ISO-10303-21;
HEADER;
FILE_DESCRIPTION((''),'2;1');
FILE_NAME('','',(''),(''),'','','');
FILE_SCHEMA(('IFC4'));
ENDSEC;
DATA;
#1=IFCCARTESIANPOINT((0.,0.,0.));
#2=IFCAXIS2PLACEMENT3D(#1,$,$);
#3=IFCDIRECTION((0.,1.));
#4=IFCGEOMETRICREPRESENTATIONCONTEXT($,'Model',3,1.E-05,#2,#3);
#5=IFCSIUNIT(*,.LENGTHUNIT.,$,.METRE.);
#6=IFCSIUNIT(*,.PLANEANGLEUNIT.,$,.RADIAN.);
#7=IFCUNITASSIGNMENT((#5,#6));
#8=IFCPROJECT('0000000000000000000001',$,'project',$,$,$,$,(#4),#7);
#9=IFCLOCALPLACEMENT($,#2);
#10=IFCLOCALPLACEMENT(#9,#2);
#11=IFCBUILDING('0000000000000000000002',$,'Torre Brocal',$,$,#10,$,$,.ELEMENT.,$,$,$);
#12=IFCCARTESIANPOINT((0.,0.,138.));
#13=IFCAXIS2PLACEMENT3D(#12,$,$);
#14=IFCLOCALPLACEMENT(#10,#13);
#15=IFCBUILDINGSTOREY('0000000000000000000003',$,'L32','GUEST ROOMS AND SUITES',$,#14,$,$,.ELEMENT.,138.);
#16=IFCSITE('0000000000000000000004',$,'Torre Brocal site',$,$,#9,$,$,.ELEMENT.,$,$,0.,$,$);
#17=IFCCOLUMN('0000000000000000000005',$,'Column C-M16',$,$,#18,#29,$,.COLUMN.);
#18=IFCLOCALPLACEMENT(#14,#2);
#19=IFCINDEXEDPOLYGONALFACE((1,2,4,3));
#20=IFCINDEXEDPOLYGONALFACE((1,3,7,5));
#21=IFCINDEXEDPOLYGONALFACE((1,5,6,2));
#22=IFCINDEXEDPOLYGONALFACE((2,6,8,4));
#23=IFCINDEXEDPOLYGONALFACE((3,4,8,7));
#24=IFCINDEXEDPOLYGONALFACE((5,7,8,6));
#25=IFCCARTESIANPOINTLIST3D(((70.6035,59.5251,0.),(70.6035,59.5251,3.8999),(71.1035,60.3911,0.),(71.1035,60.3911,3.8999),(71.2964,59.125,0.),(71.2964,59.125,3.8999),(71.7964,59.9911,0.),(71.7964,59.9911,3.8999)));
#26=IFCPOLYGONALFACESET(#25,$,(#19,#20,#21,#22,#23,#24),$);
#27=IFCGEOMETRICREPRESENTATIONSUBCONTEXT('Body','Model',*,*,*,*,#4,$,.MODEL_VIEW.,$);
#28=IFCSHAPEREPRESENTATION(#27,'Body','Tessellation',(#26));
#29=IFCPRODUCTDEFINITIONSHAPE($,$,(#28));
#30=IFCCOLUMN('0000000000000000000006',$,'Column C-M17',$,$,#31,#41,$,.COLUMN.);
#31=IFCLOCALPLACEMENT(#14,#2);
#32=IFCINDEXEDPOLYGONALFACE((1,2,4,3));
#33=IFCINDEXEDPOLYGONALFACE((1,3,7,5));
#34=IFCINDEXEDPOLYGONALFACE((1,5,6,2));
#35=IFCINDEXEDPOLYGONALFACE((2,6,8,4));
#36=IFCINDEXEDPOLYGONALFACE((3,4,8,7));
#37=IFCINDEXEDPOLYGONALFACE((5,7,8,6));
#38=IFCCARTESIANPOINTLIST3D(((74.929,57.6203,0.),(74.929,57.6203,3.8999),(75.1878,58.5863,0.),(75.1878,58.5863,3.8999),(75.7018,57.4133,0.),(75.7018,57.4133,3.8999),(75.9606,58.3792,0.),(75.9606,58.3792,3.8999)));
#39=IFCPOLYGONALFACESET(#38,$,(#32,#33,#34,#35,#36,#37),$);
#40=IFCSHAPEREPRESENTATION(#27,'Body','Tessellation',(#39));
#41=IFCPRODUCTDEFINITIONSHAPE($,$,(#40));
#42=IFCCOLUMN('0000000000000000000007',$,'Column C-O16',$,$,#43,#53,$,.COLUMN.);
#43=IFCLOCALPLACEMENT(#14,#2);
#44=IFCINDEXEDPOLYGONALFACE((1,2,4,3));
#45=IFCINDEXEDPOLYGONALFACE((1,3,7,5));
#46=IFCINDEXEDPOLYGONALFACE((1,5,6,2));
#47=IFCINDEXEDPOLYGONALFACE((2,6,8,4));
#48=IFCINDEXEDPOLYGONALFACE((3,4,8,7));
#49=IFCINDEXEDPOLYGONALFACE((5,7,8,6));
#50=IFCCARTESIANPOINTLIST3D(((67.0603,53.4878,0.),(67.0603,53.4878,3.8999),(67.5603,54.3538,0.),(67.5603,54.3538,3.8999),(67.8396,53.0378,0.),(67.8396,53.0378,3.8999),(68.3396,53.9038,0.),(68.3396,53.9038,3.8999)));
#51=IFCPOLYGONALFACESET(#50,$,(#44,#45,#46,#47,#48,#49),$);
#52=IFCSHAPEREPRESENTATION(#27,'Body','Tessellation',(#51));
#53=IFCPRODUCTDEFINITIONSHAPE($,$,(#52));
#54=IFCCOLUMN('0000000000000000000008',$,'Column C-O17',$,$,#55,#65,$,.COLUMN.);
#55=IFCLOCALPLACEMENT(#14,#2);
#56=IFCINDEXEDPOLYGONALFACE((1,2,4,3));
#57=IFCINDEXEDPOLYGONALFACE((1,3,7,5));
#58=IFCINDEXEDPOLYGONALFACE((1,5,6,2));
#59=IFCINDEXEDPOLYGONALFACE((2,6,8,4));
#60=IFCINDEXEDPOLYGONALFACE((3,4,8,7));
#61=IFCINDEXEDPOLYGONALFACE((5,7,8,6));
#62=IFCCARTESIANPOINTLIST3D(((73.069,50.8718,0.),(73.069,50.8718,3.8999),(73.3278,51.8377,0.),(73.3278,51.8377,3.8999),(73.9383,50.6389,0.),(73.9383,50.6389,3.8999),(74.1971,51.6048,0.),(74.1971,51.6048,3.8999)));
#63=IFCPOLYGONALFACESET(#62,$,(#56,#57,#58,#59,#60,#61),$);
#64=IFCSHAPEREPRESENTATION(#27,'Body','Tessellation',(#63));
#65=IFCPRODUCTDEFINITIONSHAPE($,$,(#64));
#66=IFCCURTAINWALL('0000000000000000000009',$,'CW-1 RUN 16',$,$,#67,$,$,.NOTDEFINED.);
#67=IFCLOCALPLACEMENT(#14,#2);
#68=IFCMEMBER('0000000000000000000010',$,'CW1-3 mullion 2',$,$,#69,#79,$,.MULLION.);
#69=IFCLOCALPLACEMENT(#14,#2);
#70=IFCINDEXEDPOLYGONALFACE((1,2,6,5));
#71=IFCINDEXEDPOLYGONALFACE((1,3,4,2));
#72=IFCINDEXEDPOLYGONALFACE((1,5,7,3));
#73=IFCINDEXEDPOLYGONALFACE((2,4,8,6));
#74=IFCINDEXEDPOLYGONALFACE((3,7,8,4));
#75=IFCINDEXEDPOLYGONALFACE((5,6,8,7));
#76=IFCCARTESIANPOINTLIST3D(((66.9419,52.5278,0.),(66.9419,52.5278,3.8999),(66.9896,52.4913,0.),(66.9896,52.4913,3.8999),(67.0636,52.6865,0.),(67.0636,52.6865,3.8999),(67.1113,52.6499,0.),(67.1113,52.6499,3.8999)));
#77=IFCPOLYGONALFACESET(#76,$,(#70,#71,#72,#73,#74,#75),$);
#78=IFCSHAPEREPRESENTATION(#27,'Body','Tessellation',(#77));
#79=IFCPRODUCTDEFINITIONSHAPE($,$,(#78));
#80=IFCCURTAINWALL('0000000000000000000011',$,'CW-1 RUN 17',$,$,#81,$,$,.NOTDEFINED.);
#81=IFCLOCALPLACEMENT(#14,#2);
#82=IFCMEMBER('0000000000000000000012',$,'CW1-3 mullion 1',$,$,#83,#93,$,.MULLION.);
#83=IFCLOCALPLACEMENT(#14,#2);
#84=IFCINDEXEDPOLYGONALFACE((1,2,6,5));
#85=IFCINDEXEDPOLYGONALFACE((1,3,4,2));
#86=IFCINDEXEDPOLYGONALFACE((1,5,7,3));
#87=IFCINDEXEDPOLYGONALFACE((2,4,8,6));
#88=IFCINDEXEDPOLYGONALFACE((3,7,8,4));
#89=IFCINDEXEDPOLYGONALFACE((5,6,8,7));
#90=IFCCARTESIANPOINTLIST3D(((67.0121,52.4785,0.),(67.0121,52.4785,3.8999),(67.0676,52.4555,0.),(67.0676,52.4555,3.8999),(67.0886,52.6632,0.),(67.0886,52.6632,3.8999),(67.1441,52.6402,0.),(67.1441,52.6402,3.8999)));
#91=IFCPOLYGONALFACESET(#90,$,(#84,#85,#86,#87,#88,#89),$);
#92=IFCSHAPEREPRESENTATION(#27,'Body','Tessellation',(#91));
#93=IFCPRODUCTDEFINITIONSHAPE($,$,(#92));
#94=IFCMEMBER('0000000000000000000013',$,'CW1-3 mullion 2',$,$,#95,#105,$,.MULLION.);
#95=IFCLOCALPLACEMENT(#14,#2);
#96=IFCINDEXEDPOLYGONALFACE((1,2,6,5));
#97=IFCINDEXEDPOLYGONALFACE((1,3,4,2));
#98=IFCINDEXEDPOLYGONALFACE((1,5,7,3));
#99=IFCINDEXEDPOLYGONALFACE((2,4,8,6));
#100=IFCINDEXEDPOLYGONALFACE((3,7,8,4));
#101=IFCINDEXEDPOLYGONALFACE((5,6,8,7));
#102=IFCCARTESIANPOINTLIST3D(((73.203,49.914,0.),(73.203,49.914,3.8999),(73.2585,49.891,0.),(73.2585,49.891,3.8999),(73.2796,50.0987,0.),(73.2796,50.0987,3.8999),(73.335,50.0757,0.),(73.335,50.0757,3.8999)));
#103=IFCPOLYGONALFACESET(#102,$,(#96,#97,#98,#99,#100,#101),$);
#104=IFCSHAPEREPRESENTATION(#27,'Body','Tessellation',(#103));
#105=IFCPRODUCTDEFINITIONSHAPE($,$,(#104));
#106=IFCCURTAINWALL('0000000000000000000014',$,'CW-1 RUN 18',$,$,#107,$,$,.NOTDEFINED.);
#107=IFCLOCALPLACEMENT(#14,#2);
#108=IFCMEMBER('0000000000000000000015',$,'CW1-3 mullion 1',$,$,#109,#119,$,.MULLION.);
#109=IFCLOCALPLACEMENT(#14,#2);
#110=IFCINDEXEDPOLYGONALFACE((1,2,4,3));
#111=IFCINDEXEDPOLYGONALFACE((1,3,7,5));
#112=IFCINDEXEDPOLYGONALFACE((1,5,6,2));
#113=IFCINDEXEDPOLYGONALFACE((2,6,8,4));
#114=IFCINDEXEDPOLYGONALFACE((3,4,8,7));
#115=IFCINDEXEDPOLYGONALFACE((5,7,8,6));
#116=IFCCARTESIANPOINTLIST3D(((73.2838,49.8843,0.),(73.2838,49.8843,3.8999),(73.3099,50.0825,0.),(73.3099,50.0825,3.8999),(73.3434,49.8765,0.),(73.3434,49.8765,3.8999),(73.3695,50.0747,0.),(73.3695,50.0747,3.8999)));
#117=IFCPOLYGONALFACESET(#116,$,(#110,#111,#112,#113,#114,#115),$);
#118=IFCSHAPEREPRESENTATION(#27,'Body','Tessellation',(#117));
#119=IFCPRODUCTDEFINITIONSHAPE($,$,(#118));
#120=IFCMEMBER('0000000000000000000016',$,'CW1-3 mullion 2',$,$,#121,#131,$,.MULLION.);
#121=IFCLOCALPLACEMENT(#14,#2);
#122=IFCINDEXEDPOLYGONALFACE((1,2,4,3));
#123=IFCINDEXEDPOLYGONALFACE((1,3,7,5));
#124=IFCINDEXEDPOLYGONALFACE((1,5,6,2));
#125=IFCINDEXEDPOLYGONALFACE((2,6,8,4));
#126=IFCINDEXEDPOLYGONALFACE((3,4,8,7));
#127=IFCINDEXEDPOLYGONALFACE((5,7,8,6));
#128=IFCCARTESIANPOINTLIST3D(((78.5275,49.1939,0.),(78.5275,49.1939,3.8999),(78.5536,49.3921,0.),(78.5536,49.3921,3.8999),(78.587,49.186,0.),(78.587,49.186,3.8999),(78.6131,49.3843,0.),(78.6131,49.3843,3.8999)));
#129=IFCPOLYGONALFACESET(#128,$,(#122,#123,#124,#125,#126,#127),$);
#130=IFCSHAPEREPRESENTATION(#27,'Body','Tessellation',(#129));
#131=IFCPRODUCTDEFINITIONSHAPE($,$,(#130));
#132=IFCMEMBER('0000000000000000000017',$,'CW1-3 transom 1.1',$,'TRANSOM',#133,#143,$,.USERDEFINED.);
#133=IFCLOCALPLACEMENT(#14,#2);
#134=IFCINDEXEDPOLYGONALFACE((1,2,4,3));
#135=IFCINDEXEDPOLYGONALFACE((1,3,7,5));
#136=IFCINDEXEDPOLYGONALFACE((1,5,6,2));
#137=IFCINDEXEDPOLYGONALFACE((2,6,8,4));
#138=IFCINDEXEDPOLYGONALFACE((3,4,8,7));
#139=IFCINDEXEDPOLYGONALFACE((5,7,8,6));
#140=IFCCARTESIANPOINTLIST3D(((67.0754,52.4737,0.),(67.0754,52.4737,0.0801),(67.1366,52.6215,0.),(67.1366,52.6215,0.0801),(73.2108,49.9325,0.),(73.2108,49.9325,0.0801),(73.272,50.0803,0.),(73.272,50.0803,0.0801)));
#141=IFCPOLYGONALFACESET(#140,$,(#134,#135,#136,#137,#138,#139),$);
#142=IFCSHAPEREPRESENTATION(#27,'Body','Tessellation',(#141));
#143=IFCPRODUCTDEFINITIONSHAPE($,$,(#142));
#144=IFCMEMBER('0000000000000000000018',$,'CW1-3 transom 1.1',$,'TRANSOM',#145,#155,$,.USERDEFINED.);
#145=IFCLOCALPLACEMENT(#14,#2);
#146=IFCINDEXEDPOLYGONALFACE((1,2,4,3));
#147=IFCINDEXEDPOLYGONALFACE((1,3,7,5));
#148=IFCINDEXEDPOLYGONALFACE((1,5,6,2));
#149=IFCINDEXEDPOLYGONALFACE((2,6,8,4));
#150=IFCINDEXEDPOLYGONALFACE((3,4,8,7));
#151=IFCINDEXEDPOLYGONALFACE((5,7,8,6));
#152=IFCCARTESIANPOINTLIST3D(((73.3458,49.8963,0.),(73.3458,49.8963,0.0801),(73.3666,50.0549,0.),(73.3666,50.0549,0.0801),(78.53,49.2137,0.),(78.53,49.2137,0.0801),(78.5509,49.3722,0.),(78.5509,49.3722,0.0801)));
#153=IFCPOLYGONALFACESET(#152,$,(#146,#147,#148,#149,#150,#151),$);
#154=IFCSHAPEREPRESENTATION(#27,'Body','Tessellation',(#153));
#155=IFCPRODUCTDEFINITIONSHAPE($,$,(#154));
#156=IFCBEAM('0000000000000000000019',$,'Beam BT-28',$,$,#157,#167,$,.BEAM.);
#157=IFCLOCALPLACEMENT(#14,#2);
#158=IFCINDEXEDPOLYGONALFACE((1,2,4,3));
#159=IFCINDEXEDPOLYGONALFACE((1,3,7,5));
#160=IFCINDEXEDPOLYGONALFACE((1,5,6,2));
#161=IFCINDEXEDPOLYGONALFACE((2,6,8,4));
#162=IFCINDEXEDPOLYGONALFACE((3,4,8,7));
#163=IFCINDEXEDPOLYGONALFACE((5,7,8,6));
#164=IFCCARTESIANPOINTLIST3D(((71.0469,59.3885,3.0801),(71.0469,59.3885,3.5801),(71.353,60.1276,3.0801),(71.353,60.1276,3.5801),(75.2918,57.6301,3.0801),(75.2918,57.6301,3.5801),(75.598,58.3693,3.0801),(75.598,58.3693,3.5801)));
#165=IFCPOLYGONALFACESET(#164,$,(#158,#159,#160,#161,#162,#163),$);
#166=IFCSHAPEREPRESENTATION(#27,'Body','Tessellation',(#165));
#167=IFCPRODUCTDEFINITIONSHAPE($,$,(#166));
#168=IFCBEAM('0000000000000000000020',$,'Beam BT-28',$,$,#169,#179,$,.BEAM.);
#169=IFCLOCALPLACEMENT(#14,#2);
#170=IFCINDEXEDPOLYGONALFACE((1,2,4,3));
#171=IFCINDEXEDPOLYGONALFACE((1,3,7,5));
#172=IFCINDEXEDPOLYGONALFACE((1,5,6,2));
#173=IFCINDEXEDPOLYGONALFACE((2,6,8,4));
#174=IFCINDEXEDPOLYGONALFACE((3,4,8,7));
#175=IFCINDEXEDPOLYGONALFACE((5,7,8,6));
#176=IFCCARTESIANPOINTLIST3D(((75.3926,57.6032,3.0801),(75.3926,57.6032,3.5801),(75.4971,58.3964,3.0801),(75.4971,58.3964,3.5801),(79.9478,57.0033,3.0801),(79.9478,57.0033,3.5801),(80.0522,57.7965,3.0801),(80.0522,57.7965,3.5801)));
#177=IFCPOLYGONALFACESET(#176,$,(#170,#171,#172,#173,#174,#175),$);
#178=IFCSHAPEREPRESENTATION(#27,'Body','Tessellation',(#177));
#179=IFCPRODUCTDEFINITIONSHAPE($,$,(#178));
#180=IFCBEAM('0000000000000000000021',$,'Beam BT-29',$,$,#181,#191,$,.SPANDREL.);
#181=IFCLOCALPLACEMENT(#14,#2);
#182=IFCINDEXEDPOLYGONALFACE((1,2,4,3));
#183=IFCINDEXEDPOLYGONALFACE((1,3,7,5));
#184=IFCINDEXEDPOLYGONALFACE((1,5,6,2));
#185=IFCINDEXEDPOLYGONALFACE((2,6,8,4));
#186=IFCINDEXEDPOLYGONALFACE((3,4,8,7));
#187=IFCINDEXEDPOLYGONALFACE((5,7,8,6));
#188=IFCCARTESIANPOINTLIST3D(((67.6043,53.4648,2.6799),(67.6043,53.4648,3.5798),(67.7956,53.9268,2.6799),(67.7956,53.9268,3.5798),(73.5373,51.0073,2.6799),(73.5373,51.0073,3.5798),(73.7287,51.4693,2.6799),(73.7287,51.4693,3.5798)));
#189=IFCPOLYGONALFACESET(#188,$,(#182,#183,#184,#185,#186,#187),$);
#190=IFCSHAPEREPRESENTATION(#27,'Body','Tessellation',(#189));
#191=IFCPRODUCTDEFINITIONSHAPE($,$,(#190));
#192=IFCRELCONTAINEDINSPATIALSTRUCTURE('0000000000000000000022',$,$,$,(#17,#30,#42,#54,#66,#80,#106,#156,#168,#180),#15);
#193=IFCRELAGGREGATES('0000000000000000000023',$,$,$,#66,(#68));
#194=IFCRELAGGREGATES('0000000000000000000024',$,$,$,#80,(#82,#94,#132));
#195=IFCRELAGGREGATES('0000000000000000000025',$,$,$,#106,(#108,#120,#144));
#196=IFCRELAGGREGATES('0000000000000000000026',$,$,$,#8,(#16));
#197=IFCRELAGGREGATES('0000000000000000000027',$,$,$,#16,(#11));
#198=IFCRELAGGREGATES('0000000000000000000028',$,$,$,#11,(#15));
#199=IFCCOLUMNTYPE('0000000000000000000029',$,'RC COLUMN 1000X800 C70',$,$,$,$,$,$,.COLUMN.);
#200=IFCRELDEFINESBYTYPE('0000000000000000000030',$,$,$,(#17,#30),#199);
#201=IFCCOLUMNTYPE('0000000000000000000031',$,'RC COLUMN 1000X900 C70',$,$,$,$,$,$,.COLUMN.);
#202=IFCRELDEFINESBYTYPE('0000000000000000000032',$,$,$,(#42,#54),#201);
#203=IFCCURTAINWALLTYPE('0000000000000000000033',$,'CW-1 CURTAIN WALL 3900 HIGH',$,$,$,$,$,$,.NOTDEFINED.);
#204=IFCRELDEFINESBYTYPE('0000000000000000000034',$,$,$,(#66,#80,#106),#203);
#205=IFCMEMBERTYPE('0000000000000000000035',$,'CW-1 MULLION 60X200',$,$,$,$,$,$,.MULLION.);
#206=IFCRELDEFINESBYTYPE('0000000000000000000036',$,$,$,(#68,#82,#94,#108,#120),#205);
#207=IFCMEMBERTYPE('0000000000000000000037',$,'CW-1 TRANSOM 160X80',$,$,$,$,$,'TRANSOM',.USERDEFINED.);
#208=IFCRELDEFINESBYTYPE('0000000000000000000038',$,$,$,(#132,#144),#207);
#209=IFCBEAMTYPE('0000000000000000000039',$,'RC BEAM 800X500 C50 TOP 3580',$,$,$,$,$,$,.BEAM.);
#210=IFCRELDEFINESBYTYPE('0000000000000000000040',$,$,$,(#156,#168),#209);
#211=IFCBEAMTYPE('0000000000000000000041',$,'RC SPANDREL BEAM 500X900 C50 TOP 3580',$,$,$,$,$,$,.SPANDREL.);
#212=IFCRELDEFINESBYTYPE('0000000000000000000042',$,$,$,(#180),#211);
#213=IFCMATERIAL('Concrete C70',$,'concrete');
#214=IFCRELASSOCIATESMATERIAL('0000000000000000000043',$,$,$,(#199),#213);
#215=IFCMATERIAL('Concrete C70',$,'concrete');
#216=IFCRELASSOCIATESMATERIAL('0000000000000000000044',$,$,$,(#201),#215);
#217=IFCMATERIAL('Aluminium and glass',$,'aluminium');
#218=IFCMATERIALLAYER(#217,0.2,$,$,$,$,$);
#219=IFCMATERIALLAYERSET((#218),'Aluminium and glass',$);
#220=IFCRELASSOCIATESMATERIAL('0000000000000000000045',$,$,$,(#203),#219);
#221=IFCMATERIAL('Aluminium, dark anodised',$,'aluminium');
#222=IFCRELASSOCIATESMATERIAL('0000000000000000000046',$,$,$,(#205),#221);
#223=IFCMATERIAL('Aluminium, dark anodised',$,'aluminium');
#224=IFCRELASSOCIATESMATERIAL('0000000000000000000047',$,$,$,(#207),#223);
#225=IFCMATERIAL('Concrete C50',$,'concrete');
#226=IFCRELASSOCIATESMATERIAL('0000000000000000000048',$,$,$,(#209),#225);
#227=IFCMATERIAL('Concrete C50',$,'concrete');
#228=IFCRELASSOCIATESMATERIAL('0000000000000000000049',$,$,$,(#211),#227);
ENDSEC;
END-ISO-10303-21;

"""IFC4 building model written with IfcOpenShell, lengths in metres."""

from ifc_helpers import new_model, si_unit, direction, frame, origin, origin_2d, place, context, subcontext, project, spatial, rectangle, extrude, material, layer, layer_set, material_profile, profile_set, type_object, element, aggregate, save


model = new_model("IFC4")

# Units and contexts
model_context = context("Model", 3, precision=1e-05, world=origin(), true_north=direction((0.0, 1.0)))
body_context = subcontext(model_context, "Body", "Model", "MODEL_VIEW")
ifc_project = project(units=[si_unit("LENGTHUNIT", "METRE"), si_unit("PLANEANGLEUNIT", "RADIAN")], contexts=[model_context])

# Site, building, storey
site_placement = place(None, origin())
site = spatial("IfcSite", under=ifc_project, at=site_placement, Name="Torre Brocal site", CompositionType="ELEMENT", RefElevation=0.0)
building_placement = place(site_placement, origin())
building = spatial("IfcBuilding", under=site, at=building_placement, Name="Torre Brocal", CompositionType="ELEMENT")
storey_placement = place(building_placement, frame((0.0, 0.0, 138.0)))
storey = spatial("IfcBuildingStorey", under=building, at=storey_placement, Name="L32", Description="GUEST ROOMS AND SUITES", CompositionType="ELEMENT", Elevation=138.0)

# Columns
ifc_material_1 = material(Name="Concrete C70", Category="concrete")
ifc_material_profile_1 = material_profile(ifc_material_1, rectangle(XDim=1.0, YDim=0.8, at=origin_2d()), Name="RC 1000X800")
ifc_profile_set_1 = profile_set([ifc_material_profile_1], Name="Concrete C70")
column_type_1 = type_object("IfcColumnType", Name="RC COLUMN 1000X800 C70", PredefinedType="COLUMN", material=ifc_profile_set_1)
for number, where, z_axis, x_axis, name in (
    (1, (71.2, 59.7581, 0.0), (0.0, 0.0, 1.0), (-0.5, -0.866025, 0.0), "Column C-M16"),
    (2, (75.4448, 57.9998, 0.0), (0.0, 0.0, 1.0), (-0.258819, -0.965926, 0.0), "Column C-M17"),
):
    element("IfcColumn", number, at=place(storey_placement, frame(where, z_axis=z_axis, x_axis=x_axis)), inside=storey, type_object=column_type_1, Name=name, PredefinedType="COLUMN", context=body_context, shape_type="SweptSolid", body=[
        extrude(rectangle(XDim=1.0, YDim=0.8, at=origin_2d()), origin(), (0.0, 0.0, 1.0), 3.8999),
    ])
ifc_material_2 = material(Name="Concrete C70", Category="concrete")
ifc_material_profile_2 = material_profile(ifc_material_2, rectangle(XDim=1.0, YDim=0.8999, at=origin_2d()), Name="RC 1000X900")
ifc_profile_set_2 = profile_set([ifc_material_profile_2], Name="Concrete C70")
column_type_2 = type_object("IfcColumnType", Name="RC COLUMN 1000X900 C70", PredefinedType="COLUMN", material=ifc_profile_set_2)
for number, where, z_axis, x_axis, name in (
    (3, (67.7, 53.6958, 0.0), (0.0, 0.0, 1.0), (-0.5, -0.866025, 0.0), "Column C-O16"),
    (4, (73.6331, 51.2383, 0.0), (0.0, 0.0, 1.0), (-0.258819, -0.965926, 0.0), "Column C-O17"),
):
    element("IfcColumn", number, at=place(storey_placement, frame(where, z_axis=z_axis, x_axis=x_axis)), inside=storey, type_object=column_type_2, Name=name, PredefinedType="COLUMN", context=body_context, shape_type="SweptSolid", body=[
        extrude(rectangle(XDim=1.0, YDim=0.8999, at=origin_2d()), origin(), (0.0, 0.0, 1.0), 3.8999),
    ])

# Curtain wall, member
ifc_material_3 = material(Name="Aluminium and glass", Category="aluminium")
ifc_layer_1 = layer(ifc_material_3, 0.2)
ifc_layer_set_1 = layer_set([ifc_layer_1], Name="Aluminium and glass")
curtain_wall_type = type_object("IfcCurtainWallType", Name="CW-1 CURTAIN WALL 3900 HIGH", PredefinedType="NOTDEFINED", material=ifc_layer_set_1)
curtain_wall_1_placement = place(storey_placement, origin())
curtain_wall_1 = element("IfcCurtainWall", 5, at=curtain_wall_1_placement, inside=storey, type_object=curtain_wall_type, Name="CW-1 RUN 16", PredefinedType="NOTDEFINED")
ifc_material_4 = material(Name="Aluminium, dark anodised", Category="aluminium")
ifc_material_profile_3 = material_profile(ifc_material_4, rectangle(XDim=0.2, YDim=0.0601, at=origin_2d()), Name="CW-1 MULLION 60X200")
ifc_profile_set_3 = profile_set([ifc_material_profile_3], Name="Aluminium, dark anodised")
member_type_1 = type_object("IfcMemberType", Name="CW-1 MULLION 60X200", PredefinedType="MULLION", material=ifc_profile_set_3)
member_1_placement = place(storey_placement, frame((67.0266, 52.5889, 0.0), z_axis=(0.0, 0.0, 1.0), x_axis=(0.608761, 0.793353, 0.0)))
member_1 = element("IfcMember", 6, at=member_1_placement, type_object=member_type_1, Name="CW1-3 mullion 2", PredefinedType="MULLION", context=body_context, shape_type="SweptSolid", body=[
    extrude(rectangle(XDim=0.2, YDim=0.0601, at=origin_2d()), origin(), (0.0, 0.0, 1.0), 3.8999),
])
aggregate(curtain_wall_1, [member_1])

# Curtain walls, members
curtain_wall_2_placement = place(storey_placement, origin())
curtain_wall_2 = element("IfcCurtainWall", 7, at=curtain_wall_2_placement, inside=storey, type_object=curtain_wall_type, Name="CW-1 RUN 17", PredefinedType="NOTDEFINED")
member_2_placement = place(storey_placement, frame((67.0781, 52.5593, 0.0), z_axis=(0.0, 0.0, 1.0), x_axis=(0.382683, 0.92388, 0.0)))
member_2 = element("IfcMember", 8, at=member_2_placement, type_object=member_type_1, Name="CW1-3 mullion 1", PredefinedType="MULLION", context=body_context, shape_type="SweptSolid", body=[
    extrude(rectangle(XDim=0.2, YDim=0.0601, at=origin_2d()), origin(), (0.0, 0.0, 1.0), 3.8999),
])
member_3_placement = place(storey_placement, frame((73.269, 49.9949, 0.0), z_axis=(0.0, 0.0, 1.0), x_axis=(0.382683, 0.92388, 0.0)))
member_3 = element("IfcMember", 9, at=member_3_placement, type_object=member_type_1, Name="CW1-3 mullion 2", PredefinedType="MULLION", context=body_context, shape_type="SweptSolid", body=[
    extrude(rectangle(XDim=0.2, YDim=0.0601, at=origin_2d()), origin(), (0.0, 0.0, 1.0), 3.8999),
])
curtain_wall_3_placement = place(storey_placement, origin())
curtain_wall_3 = element("IfcCurtainWall", 10, at=curtain_wall_3_placement, inside=storey, type_object=curtain_wall_type, Name="CW-1 RUN 18", PredefinedType="NOTDEFINED")
member_4_placement = place(storey_placement, frame((73.3267, 49.9795, 0.0), z_axis=(0.0, 0.0, 1.0), x_axis=(0.130526, 0.991445, 0.0)))
member_4 = element("IfcMember", 11, at=member_4_placement, type_object=member_type_1, Name="CW1-3 mullion 1", PredefinedType="MULLION", context=body_context, shape_type="SweptSolid", body=[
    extrude(rectangle(XDim=0.2, YDim=0.0601, at=origin_2d()), origin(), (0.0, 0.0, 1.0), 3.8999),
])
member_5_placement = place(storey_placement, frame((78.5703, 49.2891, 0.0), z_axis=(0.0, 0.0, 1.0), x_axis=(0.130526, 0.991445, 0.0)))
member_5 = element("IfcMember", 12, at=member_5_placement, type_object=member_type_1, Name="CW1-3 mullion 2", PredefinedType="MULLION", context=body_context, shape_type="SweptSolid", body=[
    extrude(rectangle(XDim=0.2, YDim=0.0601, at=origin_2d()), origin(), (0.0, 0.0, 1.0), 3.8999),
])

# Members
ifc_material_5 = material(Name="Aluminium, dark anodised", Category="aluminium")
ifc_material_profile_4 = material_profile(ifc_material_5, rectangle(XDim=0.1599, YDim=0.0801, at=origin_2d()), Name="CW-1 TRANSOM 160X80")
ifc_profile_set_4 = profile_set([ifc_material_profile_4], Name="Aluminium, dark anodised")
member_type_2 = type_object("IfcMemberType", Name="CW-1 TRANSOM 160X80", ElementType="TRANSOM", PredefinedType="USERDEFINED", material=ifc_profile_set_4)
member_6_placement = place(storey_placement, frame((67.106, 52.5476, 0.04), z_axis=(0.923887, -0.382665, 0.0), x_axis=(0.382665, 0.923887, 0.0)))
member_6 = element("IfcMember", 13, at=member_6_placement, type_object=member_type_2, Name="CW1-3 transom 1.1", ObjectType="TRANSOM", PredefinedType="USERDEFINED", context=body_context, shape_type="SweptSolid", body=[
    extrude(rectangle(XDim=0.1599, YDim=0.0801, at=origin_2d()), origin(), (0.0, 0.0, 1.0), 6.6409),
])
member_7_placement = place(storey_placement, frame((73.3562, 49.9756, 0.04), z_axis=(0.991443, -0.130543, 0.0), x_axis=(0.130543, 0.991443, 0.0)))
member_7 = element("IfcMember", 14, at=member_7_placement, type_object=member_type_2, Name="CW1-3 transom 1.1", ObjectType="TRANSOM", PredefinedType="USERDEFINED", context=body_context, shape_type="SweptSolid", body=[
    extrude(rectangle(XDim=0.1599, YDim=0.0801, at=origin_2d()), origin(), (0.0, 0.0, 1.0), 5.229),
])

# Beams
ifc_material_6 = material(Name="Concrete C50", Category="concrete")
ifc_material_profile_5 = material_profile(ifc_material_6, rectangle(XDim=0.8, YDim=0.5, at=origin_2d()), Name="RC 800X500")
ifc_profile_set_5 = profile_set([ifc_material_profile_5], Name="Concrete C50")
beam_type_1 = type_object("IfcBeamType", Name="RC BEAM 800X500 C50 TOP 3580", PredefinedType="BEAM", material=ifc_profile_set_5)
beam_1_placement = place(storey_placement, frame((71.2, 59.7581, 3.3301), z_axis=(0.923878, -0.382687, 0.0), x_axis=(0.382687, 0.923878, 0.0)))
element("IfcBeam", 15, at=beam_1_placement, inside=storey, type_object=beam_type_1, Name="Beam BT-28", PredefinedType="BEAM", context=body_context, shape_type="SweptSolid", body=[
    extrude(rectangle(XDim=0.8, YDim=0.5, at=origin_2d()), origin(), (0.0, 0.0, 1.0), 4.5947),
])
beam_2_placement = place(storey_placement, frame((75.4448, 57.9998, 3.3301), z_axis=(0.991441, -0.130559, 0.0), x_axis=(0.130559, 0.991441, 0.0)))
element("IfcBeam", 16, at=beam_2_placement, inside=storey, type_object=beam_type_1, Name="Beam BT-28", PredefinedType="BEAM", context=body_context, shape_type="SweptSolid", body=[
    extrude(rectangle(XDim=0.8, YDim=0.5, at=origin_2d()), origin(), (0.0, 0.0, 1.0), 4.5945),
])
ifc_material_7 = material(Name="Concrete C50", Category="concrete")
ifc_material_profile_6 = material_profile(ifc_material_7, rectangle(XDim=0.5, YDim=0.8999, at=origin_2d()), Name="RC 500X900")
ifc_profile_set_6 = profile_set([ifc_material_profile_6], Name="Concrete C50")
beam_type_2 = type_object("IfcBeamType", Name="RC SPANDREL BEAM 500X900 C50 TOP 3580", PredefinedType="SPANDREL", material=ifc_profile_set_6)
beam_3_placement = place(storey_placement, frame((67.7, 53.6958, 3.1299), z_axis=(0.923882, -0.382676, 0.0), x_axis=(0.382676, 0.923882, 0.0)))
element("IfcBeam", 17, at=beam_3_placement, inside=storey, type_object=beam_type_2, Name="Beam BT-29", PredefinedType="SPANDREL", context=body_context, shape_type="SweptSolid", body=[
    extrude(rectangle(XDim=0.5, YDim=0.8999, at=origin_2d()), origin(), (0.0, 0.0, 1.0), 6.4219),
])

aggregate(curtain_wall_2, [member_2, member_3, member_6])
aggregate(curtain_wall_3, [member_4, member_5, member_7])

save(model, "model.ifc")
